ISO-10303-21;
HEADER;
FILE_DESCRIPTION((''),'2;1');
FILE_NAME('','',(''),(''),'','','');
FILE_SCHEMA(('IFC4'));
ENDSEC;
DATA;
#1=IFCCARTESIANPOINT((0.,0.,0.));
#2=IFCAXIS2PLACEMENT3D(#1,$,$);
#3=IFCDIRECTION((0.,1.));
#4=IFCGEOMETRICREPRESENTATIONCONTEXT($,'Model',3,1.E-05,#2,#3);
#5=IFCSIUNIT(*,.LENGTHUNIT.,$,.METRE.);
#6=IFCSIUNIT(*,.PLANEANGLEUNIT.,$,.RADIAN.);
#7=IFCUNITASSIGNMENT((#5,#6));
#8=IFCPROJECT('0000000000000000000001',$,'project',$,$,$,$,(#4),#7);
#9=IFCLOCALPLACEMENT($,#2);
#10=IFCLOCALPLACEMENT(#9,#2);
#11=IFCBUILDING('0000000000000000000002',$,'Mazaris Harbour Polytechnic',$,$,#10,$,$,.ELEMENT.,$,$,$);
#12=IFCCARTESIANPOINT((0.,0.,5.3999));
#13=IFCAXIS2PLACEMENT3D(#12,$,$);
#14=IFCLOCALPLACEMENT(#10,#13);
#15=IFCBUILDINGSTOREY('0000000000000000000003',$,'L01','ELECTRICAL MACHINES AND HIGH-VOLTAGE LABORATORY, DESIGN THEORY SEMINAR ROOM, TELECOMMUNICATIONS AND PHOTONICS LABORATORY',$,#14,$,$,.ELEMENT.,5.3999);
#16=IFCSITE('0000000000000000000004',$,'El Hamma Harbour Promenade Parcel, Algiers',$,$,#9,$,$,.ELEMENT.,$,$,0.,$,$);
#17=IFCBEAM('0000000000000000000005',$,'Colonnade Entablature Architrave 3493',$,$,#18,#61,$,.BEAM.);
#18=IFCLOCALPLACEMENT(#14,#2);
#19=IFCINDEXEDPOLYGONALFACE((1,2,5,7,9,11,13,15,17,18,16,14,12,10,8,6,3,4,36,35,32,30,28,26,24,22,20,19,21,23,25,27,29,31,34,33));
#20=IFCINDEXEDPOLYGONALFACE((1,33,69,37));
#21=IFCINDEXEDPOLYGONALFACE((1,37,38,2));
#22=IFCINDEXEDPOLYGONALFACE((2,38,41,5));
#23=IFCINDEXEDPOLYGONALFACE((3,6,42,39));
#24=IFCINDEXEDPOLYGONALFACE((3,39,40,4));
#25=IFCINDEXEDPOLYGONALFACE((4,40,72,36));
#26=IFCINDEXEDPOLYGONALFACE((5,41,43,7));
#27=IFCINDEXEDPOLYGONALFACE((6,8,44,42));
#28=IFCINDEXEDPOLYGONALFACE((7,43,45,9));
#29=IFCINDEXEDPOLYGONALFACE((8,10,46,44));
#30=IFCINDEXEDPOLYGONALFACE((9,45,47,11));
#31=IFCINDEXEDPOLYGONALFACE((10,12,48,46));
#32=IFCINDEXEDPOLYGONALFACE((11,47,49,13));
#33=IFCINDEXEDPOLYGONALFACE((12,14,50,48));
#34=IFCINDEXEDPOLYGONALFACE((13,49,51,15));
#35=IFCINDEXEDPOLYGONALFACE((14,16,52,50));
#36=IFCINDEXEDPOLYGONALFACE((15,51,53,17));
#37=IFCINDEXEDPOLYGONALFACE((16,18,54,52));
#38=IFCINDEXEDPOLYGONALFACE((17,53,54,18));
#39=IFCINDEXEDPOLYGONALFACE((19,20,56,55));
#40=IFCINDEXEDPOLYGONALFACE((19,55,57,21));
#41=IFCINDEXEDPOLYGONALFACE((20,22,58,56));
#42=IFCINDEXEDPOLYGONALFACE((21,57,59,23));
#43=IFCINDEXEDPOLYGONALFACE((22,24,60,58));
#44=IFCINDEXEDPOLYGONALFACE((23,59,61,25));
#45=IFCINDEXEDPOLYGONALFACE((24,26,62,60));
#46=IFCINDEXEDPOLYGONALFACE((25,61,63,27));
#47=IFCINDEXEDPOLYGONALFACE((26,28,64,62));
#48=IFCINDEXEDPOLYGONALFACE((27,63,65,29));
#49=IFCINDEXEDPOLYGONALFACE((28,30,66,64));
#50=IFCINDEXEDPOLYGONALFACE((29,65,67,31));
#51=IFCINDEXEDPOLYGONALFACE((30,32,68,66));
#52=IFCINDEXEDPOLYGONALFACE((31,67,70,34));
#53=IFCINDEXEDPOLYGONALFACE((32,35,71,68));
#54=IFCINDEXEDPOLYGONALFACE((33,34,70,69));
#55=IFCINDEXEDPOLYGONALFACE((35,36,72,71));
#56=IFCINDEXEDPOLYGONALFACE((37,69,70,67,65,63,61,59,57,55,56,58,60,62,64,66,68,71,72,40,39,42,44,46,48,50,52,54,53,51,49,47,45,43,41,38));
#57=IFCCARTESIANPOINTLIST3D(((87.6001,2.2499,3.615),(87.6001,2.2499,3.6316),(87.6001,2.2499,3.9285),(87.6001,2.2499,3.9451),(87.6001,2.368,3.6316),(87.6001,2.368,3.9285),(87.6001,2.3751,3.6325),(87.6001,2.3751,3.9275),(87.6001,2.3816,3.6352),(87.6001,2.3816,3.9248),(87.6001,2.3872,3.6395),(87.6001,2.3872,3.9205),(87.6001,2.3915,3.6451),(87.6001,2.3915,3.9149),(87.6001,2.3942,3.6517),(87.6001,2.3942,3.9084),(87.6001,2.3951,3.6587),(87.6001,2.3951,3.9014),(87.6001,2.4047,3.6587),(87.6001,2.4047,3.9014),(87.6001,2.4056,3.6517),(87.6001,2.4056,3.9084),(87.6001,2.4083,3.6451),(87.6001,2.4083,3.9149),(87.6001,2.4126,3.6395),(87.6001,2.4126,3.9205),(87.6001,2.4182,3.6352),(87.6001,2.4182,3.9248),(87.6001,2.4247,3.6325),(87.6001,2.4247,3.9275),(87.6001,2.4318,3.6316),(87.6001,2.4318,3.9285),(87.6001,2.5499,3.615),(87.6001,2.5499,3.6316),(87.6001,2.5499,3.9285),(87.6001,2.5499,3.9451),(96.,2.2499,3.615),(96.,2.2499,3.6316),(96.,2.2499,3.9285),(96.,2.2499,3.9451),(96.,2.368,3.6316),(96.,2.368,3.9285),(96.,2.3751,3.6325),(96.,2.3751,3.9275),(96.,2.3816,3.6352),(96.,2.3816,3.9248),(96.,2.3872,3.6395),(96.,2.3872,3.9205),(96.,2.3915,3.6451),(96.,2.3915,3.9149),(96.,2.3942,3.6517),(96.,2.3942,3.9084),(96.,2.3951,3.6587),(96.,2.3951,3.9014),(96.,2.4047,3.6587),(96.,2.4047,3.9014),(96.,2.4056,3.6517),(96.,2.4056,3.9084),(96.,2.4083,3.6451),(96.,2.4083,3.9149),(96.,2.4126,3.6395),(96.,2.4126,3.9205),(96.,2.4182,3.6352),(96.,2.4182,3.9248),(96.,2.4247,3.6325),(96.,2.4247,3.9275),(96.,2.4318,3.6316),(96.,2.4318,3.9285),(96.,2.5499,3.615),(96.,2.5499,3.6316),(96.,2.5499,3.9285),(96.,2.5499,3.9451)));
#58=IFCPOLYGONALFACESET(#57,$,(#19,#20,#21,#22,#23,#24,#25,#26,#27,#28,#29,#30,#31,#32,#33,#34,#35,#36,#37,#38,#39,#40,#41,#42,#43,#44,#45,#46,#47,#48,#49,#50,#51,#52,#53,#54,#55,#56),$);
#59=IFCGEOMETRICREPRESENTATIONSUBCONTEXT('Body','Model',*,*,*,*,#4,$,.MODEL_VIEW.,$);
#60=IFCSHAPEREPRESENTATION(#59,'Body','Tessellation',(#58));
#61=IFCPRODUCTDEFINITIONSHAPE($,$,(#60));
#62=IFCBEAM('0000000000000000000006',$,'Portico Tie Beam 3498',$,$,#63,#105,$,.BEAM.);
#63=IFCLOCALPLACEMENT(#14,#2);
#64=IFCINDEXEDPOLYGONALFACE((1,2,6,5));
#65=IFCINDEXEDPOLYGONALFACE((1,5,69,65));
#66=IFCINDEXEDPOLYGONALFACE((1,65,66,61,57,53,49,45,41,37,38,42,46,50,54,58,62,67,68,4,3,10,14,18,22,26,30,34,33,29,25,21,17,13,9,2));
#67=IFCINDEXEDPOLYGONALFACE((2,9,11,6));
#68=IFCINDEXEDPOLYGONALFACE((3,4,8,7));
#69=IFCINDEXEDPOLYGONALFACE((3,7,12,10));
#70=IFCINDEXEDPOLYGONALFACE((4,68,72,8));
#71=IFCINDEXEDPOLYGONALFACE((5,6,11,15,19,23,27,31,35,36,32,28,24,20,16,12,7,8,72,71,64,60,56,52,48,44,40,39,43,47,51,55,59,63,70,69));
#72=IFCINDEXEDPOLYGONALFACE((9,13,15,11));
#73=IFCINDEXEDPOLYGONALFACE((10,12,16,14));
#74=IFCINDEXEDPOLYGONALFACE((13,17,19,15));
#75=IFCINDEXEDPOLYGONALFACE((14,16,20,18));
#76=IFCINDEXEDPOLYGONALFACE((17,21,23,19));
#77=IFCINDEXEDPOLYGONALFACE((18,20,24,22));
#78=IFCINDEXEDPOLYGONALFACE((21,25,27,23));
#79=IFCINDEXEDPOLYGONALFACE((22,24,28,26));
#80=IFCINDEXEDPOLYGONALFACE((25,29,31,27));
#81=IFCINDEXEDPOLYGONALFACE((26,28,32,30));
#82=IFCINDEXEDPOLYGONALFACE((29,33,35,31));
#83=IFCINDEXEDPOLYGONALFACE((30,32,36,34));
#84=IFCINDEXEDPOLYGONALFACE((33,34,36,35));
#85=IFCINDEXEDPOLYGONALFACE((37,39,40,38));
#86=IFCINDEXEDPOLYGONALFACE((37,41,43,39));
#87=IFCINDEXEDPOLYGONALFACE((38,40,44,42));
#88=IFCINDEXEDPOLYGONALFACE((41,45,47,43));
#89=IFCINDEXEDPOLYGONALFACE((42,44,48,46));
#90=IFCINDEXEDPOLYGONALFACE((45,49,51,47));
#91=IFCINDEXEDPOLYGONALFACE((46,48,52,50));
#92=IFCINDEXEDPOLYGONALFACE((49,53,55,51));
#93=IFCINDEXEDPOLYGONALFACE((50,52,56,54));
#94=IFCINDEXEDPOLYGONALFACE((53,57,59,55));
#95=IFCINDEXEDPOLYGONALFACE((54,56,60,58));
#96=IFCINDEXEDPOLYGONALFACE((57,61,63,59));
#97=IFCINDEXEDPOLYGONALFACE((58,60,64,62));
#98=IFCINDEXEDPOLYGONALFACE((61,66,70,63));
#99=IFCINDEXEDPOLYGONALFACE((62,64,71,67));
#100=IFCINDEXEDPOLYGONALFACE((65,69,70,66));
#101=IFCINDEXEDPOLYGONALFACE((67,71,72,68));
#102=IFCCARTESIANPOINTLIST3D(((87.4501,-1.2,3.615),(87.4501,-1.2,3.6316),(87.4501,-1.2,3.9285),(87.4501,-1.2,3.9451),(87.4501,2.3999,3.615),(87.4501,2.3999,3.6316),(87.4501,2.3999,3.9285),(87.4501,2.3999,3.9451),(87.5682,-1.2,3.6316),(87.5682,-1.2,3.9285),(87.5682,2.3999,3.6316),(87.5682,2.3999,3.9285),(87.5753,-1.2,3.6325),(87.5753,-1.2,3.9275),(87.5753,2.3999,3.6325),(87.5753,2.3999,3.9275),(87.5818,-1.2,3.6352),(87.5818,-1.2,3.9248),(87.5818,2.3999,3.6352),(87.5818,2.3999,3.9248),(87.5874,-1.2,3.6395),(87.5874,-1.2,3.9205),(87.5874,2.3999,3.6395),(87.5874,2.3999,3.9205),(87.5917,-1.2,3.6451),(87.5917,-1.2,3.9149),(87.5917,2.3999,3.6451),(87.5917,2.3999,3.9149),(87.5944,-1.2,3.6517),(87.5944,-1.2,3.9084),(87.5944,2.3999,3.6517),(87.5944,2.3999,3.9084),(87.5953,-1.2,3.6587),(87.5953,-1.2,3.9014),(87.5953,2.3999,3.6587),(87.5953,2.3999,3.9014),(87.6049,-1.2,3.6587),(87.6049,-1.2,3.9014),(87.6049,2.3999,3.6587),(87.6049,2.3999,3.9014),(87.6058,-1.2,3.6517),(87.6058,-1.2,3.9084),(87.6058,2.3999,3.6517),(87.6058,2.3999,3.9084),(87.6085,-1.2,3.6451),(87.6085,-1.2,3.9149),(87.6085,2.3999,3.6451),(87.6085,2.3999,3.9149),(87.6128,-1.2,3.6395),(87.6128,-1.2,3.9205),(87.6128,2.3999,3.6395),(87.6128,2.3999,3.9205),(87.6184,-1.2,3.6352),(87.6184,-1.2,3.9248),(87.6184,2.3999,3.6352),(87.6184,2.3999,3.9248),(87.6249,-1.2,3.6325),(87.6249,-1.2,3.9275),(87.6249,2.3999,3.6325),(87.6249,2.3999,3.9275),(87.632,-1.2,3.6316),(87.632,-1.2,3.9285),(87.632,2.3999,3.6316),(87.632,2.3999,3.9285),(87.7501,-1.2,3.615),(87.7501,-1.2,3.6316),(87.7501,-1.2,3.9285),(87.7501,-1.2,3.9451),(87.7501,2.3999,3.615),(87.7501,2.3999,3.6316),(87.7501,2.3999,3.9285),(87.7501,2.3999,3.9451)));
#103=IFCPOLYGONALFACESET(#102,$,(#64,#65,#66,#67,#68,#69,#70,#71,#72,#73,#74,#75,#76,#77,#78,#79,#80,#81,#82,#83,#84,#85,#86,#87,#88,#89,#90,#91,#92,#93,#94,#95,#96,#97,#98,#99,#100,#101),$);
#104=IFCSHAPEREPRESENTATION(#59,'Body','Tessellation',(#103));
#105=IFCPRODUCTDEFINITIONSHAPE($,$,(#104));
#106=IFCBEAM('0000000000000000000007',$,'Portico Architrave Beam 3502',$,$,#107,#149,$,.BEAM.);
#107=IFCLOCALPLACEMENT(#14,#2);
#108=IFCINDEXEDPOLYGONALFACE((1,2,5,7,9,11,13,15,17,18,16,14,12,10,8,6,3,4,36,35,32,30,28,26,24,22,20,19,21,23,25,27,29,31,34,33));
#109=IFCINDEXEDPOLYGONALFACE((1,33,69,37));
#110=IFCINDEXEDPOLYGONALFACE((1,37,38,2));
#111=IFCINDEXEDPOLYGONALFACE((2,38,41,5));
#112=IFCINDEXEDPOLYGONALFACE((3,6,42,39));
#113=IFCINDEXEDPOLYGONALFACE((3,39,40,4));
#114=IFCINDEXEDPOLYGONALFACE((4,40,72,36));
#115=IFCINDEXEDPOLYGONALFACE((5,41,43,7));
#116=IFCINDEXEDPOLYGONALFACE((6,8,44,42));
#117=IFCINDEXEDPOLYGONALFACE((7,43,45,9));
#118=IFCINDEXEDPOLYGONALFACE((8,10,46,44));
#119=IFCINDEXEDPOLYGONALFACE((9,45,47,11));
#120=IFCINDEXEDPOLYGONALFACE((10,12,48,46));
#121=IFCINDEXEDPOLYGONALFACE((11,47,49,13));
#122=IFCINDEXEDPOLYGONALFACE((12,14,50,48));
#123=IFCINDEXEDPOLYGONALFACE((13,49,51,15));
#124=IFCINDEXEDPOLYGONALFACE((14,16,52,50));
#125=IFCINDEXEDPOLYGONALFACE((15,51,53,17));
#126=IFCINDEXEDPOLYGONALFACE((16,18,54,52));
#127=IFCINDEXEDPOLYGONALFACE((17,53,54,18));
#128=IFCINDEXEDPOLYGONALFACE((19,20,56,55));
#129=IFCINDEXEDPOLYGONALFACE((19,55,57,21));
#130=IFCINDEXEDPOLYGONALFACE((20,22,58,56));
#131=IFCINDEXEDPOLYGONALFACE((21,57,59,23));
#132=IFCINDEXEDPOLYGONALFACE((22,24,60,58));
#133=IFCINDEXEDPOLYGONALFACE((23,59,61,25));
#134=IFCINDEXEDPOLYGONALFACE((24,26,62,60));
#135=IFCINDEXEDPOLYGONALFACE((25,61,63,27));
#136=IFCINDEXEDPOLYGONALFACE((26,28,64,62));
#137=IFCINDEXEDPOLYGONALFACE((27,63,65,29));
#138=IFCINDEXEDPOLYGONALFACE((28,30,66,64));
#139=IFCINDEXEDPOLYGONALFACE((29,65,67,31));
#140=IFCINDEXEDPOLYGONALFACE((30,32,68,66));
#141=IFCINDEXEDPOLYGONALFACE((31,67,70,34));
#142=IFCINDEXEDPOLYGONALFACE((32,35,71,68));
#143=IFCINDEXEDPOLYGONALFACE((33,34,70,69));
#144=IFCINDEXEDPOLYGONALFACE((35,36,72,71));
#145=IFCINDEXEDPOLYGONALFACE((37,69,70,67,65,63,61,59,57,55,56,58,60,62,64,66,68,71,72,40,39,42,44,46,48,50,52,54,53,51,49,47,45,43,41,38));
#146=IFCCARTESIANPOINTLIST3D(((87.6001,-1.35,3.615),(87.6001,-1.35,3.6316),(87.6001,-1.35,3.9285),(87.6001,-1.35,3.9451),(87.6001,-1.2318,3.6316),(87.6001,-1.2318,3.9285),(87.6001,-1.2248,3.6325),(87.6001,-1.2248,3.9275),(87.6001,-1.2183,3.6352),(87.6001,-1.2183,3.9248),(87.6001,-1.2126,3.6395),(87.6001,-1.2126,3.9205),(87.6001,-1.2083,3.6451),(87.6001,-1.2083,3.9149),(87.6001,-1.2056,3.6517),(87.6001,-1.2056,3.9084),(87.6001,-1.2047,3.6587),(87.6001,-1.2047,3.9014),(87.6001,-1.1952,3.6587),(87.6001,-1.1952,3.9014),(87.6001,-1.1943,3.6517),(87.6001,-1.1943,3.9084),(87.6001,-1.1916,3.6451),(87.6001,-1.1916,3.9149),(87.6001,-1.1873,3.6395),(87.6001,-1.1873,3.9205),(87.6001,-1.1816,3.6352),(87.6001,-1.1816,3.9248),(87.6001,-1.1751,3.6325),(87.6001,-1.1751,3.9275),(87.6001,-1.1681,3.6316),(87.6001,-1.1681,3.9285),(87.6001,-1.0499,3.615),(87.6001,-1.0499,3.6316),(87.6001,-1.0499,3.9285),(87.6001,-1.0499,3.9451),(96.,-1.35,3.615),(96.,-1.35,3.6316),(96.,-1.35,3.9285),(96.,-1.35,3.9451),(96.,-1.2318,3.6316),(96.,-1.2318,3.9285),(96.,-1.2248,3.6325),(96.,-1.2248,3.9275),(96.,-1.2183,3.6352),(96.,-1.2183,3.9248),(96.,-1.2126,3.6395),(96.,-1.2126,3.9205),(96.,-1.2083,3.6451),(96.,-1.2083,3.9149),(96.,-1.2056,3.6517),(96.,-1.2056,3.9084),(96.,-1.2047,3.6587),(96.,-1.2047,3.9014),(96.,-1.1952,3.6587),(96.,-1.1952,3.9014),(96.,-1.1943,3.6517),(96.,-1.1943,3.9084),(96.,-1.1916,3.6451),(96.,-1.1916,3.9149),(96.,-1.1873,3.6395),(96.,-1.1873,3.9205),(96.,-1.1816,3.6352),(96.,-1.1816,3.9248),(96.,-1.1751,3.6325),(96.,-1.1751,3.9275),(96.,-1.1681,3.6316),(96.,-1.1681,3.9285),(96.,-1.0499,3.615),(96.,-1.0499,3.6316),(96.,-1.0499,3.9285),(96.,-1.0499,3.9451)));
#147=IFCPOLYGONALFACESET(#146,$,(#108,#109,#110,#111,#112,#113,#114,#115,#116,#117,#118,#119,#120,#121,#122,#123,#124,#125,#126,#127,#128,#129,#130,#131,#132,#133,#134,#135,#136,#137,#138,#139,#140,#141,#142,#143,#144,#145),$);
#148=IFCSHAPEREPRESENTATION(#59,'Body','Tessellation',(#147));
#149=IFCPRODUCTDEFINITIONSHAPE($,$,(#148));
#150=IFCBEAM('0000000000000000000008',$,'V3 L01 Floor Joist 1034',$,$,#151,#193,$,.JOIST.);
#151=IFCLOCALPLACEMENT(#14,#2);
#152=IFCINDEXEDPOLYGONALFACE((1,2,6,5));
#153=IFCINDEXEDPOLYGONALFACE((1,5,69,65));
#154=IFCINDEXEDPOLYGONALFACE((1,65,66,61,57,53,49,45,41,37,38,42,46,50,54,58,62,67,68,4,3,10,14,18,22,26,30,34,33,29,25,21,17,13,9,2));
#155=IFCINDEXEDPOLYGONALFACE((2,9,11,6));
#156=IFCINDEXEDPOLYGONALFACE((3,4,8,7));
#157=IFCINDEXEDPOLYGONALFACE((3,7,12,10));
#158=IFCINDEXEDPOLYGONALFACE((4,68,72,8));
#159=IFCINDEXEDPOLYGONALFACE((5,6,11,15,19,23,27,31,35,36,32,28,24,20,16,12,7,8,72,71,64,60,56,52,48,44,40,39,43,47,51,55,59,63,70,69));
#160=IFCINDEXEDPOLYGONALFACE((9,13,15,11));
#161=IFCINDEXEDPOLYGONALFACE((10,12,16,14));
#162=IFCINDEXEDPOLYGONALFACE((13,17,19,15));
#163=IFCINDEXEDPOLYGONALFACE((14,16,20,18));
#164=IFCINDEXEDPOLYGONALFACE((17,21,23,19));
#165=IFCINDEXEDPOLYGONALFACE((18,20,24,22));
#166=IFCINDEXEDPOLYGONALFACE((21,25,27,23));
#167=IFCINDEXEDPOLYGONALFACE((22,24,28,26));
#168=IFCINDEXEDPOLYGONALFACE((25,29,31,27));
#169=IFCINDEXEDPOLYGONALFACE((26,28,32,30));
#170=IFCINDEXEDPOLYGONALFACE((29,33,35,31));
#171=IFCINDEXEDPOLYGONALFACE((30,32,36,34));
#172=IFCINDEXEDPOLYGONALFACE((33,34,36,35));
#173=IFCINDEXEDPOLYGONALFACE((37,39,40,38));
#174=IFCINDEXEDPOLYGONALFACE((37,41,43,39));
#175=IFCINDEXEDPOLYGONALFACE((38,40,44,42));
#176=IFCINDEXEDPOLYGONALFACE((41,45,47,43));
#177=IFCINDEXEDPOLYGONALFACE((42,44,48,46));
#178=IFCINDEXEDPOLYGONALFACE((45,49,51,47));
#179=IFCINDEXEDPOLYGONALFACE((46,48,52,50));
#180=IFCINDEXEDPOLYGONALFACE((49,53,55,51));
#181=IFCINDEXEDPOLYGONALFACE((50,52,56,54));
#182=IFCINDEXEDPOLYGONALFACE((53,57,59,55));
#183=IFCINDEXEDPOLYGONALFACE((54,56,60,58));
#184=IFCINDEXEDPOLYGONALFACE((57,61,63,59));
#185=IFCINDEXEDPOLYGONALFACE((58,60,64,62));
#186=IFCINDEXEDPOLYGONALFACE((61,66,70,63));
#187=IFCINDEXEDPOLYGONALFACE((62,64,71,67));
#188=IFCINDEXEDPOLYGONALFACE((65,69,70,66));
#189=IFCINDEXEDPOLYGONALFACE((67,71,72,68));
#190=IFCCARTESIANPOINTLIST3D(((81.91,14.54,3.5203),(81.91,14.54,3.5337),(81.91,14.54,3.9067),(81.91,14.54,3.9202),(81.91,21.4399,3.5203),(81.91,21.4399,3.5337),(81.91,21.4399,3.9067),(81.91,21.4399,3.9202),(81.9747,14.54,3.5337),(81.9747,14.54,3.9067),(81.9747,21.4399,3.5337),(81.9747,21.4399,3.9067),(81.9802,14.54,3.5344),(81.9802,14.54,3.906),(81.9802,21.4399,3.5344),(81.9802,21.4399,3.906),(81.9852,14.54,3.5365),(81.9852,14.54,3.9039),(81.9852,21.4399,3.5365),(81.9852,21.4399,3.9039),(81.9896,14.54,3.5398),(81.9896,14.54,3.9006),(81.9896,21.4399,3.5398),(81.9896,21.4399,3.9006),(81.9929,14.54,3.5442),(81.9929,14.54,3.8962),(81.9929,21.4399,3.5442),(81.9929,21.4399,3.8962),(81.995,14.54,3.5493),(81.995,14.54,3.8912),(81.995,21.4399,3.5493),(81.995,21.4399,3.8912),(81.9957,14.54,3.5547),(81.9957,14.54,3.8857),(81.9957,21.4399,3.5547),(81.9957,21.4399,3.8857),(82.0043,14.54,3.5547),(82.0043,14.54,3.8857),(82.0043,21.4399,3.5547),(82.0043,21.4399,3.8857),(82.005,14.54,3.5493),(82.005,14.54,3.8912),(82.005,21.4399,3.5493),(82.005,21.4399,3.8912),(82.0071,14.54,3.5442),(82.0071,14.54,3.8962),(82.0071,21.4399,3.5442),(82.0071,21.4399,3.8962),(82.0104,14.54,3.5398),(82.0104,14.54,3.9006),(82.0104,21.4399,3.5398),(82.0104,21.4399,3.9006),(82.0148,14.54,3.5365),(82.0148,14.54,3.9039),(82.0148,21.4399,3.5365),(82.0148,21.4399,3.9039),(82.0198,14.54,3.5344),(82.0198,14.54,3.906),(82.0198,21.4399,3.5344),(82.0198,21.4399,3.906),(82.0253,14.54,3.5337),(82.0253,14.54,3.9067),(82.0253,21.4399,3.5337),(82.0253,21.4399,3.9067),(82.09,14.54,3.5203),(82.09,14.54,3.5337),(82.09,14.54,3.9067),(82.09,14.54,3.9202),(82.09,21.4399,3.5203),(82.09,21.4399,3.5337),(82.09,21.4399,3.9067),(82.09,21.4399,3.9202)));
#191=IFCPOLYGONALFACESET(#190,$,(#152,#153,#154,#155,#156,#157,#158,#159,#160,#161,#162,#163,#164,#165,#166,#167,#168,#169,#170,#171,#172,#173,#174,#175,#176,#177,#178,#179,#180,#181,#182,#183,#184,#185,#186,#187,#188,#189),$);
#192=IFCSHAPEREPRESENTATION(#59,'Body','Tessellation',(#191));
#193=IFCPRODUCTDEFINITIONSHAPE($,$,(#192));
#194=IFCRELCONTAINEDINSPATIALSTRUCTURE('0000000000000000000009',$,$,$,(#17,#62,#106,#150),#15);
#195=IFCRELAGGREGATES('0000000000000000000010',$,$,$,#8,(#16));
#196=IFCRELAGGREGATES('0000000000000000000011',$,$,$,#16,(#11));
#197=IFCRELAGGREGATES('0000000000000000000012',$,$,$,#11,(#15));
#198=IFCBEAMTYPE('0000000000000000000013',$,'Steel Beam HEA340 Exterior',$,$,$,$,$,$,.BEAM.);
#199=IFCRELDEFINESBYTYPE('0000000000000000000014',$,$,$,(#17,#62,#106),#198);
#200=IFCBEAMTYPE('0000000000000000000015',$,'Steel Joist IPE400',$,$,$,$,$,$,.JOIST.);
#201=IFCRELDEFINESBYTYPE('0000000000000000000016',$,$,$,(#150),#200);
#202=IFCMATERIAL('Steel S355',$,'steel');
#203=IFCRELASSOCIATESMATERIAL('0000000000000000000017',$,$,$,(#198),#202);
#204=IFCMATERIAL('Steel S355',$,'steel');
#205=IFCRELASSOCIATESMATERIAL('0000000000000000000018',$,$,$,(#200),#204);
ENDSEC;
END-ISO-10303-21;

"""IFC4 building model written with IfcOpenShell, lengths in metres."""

from ifc_helpers import new_model, si_unit, direction, frame, origin, origin_2d, place, context, subcontext, project, spatial, i_section, extrude, material, material_profile, profile_set, type_object, element, save


model = new_model("IFC4")

# Units and contexts
model_context = context("Model", 3, precision=1e-05, world=origin(), true_north=direction((0.0, 1.0)))
body_context = subcontext(model_context, "Body", "Model", "MODEL_VIEW")
ifc_project = project(units=[si_unit("LENGTHUNIT", "METRE"), si_unit("PLANEANGLEUNIT", "RADIAN")], contexts=[model_context])

# Site, building, storey
site_placement = place(None, origin())
site = spatial("IfcSite", under=ifc_project, at=site_placement, Name="El Hamma Harbour Promenade Parcel, Algiers", CompositionType="ELEMENT", RefElevation=0.0)
building_placement = place(site_placement, origin())
building = spatial("IfcBuilding", under=site, at=building_placement, Name="Mazaris Harbour Polytechnic", CompositionType="ELEMENT")
storey_placement = place(building_placement, frame((0.0, 0.0, 5.3999)))
storey = spatial("IfcBuildingStorey", under=building, at=storey_placement, Name="L01", Description="ELECTRICAL MACHINES AND HIGH-VOLTAGE LABORATORY, DESIGN THEORY SEMINAR ROOM, TELECOMMUNICATIONS AND PHOTONICS LABORATORY", CompositionType="ELEMENT", Elevation=5.3999)

# Beams
ifc_material_1 = material(Name="Steel S355", Category="steel")
ifc_material_profile_1 = material_profile(ifc_material_1, i_section(OverallWidth=0.3, OverallDepth=0.3301, WebThickness=0.0095, FlangeThickness=0.0166, FilletRadius=0.0271, at=origin_2d()), Name="HEA 340")
ifc_profile_set_1 = profile_set([ifc_material_profile_1], Name="Steel S355")
beam_type_1 = type_object("IfcBeamType", Name="Steel Beam HEA340 Exterior", PredefinedType="BEAM", material=ifc_profile_set_1)
beam_1_placement = place(storey_placement, frame((87.6001, 2.3999, 3.78), z_axis=(1.0, 0.0, 0.0), x_axis=(0.0, 1.0, 0.0)))
element("IfcBeam", 1, at=beam_1_placement, inside=storey, type_object=beam_type_1, Name="Colonnade Entablature Architrave 3493", PredefinedType="BEAM", context=body_context, shape_type="SweptSolid", body=[
    extrude(i_section(OverallWidth=0.3, OverallDepth=0.3301, WebThickness=0.0095, FlangeThickness=0.0166, FilletRadius=0.0271, at=origin_2d()), origin(), (0.0, 0.0, 1.0), 8.3999),
])
beam_2_placement = place(storey_placement, frame((87.6001, -1.2, 3.78), z_axis=(0.0, 1.0, 0.0), x_axis=(-1.0, 0.0, 0.0)))
element("IfcBeam", 2, at=beam_2_placement, inside=storey, type_object=beam_type_1, Name="Portico Tie Beam 3498", PredefinedType="BEAM", context=body_context, shape_type="SweptSolid", body=[
    extrude(i_section(OverallWidth=0.3, OverallDepth=0.3301, WebThickness=0.0095, FlangeThickness=0.0166, FilletRadius=0.0271, at=origin_2d()), origin(), (0.0, 0.0, 1.0), 3.5999),
])
beam_3_placement = place(storey_placement, frame((87.6001, -1.2, 3.78), z_axis=(1.0, 0.0, 0.0), x_axis=(0.0, 1.0, 0.0)))
element("IfcBeam", 3, at=beam_3_placement, inside=storey, type_object=beam_type_1, Name="Portico Architrave Beam 3502", PredefinedType="BEAM", context=body_context, shape_type="SweptSolid", body=[
    extrude(i_section(OverallWidth=0.3, OverallDepth=0.3301, WebThickness=0.0095, FlangeThickness=0.0166, FilletRadius=0.0271, at=origin_2d()), origin(), (0.0, 0.0, 1.0), 8.3999),
])
ifc_material_2 = material(Name="Steel S355", Category="steel")
ifc_material_profile_2 = material_profile(ifc_material_2, i_section(OverallWidth=0.1799, OverallDepth=0.3999, WebThickness=0.0085, FlangeThickness=0.0134, FilletRadius=0.021, at=origin_2d()), Name="IPE 400")
ifc_profile_set_2 = profile_set([ifc_material_profile_2], Name="Steel S355")
beam_type_2 = type_object("IfcBeamType", Name="Steel Joist IPE400", PredefinedType="JOIST", material=ifc_profile_set_2)
beam_4_placement = place(storey_placement, frame((82.0, 14.54, 3.7202), z_axis=(0.0, 1.0, 0.0), x_axis=(-1.0, 0.0, 0.0)))
element("IfcBeam", 4, at=beam_4_placement, inside=storey, type_object=beam_type_2, Name="V3 L01 Floor Joist 1034", PredefinedType="JOIST", context=body_context, shape_type="SweptSolid", body=[
    extrude(i_section(OverallWidth=0.1799, OverallDepth=0.3999, WebThickness=0.0085, FlangeThickness=0.0134, FilletRadius=0.021, at=origin_2d()), origin(), (0.0, 0.0, 1.0), 6.8999),
])

save(model, "model.ifc")
